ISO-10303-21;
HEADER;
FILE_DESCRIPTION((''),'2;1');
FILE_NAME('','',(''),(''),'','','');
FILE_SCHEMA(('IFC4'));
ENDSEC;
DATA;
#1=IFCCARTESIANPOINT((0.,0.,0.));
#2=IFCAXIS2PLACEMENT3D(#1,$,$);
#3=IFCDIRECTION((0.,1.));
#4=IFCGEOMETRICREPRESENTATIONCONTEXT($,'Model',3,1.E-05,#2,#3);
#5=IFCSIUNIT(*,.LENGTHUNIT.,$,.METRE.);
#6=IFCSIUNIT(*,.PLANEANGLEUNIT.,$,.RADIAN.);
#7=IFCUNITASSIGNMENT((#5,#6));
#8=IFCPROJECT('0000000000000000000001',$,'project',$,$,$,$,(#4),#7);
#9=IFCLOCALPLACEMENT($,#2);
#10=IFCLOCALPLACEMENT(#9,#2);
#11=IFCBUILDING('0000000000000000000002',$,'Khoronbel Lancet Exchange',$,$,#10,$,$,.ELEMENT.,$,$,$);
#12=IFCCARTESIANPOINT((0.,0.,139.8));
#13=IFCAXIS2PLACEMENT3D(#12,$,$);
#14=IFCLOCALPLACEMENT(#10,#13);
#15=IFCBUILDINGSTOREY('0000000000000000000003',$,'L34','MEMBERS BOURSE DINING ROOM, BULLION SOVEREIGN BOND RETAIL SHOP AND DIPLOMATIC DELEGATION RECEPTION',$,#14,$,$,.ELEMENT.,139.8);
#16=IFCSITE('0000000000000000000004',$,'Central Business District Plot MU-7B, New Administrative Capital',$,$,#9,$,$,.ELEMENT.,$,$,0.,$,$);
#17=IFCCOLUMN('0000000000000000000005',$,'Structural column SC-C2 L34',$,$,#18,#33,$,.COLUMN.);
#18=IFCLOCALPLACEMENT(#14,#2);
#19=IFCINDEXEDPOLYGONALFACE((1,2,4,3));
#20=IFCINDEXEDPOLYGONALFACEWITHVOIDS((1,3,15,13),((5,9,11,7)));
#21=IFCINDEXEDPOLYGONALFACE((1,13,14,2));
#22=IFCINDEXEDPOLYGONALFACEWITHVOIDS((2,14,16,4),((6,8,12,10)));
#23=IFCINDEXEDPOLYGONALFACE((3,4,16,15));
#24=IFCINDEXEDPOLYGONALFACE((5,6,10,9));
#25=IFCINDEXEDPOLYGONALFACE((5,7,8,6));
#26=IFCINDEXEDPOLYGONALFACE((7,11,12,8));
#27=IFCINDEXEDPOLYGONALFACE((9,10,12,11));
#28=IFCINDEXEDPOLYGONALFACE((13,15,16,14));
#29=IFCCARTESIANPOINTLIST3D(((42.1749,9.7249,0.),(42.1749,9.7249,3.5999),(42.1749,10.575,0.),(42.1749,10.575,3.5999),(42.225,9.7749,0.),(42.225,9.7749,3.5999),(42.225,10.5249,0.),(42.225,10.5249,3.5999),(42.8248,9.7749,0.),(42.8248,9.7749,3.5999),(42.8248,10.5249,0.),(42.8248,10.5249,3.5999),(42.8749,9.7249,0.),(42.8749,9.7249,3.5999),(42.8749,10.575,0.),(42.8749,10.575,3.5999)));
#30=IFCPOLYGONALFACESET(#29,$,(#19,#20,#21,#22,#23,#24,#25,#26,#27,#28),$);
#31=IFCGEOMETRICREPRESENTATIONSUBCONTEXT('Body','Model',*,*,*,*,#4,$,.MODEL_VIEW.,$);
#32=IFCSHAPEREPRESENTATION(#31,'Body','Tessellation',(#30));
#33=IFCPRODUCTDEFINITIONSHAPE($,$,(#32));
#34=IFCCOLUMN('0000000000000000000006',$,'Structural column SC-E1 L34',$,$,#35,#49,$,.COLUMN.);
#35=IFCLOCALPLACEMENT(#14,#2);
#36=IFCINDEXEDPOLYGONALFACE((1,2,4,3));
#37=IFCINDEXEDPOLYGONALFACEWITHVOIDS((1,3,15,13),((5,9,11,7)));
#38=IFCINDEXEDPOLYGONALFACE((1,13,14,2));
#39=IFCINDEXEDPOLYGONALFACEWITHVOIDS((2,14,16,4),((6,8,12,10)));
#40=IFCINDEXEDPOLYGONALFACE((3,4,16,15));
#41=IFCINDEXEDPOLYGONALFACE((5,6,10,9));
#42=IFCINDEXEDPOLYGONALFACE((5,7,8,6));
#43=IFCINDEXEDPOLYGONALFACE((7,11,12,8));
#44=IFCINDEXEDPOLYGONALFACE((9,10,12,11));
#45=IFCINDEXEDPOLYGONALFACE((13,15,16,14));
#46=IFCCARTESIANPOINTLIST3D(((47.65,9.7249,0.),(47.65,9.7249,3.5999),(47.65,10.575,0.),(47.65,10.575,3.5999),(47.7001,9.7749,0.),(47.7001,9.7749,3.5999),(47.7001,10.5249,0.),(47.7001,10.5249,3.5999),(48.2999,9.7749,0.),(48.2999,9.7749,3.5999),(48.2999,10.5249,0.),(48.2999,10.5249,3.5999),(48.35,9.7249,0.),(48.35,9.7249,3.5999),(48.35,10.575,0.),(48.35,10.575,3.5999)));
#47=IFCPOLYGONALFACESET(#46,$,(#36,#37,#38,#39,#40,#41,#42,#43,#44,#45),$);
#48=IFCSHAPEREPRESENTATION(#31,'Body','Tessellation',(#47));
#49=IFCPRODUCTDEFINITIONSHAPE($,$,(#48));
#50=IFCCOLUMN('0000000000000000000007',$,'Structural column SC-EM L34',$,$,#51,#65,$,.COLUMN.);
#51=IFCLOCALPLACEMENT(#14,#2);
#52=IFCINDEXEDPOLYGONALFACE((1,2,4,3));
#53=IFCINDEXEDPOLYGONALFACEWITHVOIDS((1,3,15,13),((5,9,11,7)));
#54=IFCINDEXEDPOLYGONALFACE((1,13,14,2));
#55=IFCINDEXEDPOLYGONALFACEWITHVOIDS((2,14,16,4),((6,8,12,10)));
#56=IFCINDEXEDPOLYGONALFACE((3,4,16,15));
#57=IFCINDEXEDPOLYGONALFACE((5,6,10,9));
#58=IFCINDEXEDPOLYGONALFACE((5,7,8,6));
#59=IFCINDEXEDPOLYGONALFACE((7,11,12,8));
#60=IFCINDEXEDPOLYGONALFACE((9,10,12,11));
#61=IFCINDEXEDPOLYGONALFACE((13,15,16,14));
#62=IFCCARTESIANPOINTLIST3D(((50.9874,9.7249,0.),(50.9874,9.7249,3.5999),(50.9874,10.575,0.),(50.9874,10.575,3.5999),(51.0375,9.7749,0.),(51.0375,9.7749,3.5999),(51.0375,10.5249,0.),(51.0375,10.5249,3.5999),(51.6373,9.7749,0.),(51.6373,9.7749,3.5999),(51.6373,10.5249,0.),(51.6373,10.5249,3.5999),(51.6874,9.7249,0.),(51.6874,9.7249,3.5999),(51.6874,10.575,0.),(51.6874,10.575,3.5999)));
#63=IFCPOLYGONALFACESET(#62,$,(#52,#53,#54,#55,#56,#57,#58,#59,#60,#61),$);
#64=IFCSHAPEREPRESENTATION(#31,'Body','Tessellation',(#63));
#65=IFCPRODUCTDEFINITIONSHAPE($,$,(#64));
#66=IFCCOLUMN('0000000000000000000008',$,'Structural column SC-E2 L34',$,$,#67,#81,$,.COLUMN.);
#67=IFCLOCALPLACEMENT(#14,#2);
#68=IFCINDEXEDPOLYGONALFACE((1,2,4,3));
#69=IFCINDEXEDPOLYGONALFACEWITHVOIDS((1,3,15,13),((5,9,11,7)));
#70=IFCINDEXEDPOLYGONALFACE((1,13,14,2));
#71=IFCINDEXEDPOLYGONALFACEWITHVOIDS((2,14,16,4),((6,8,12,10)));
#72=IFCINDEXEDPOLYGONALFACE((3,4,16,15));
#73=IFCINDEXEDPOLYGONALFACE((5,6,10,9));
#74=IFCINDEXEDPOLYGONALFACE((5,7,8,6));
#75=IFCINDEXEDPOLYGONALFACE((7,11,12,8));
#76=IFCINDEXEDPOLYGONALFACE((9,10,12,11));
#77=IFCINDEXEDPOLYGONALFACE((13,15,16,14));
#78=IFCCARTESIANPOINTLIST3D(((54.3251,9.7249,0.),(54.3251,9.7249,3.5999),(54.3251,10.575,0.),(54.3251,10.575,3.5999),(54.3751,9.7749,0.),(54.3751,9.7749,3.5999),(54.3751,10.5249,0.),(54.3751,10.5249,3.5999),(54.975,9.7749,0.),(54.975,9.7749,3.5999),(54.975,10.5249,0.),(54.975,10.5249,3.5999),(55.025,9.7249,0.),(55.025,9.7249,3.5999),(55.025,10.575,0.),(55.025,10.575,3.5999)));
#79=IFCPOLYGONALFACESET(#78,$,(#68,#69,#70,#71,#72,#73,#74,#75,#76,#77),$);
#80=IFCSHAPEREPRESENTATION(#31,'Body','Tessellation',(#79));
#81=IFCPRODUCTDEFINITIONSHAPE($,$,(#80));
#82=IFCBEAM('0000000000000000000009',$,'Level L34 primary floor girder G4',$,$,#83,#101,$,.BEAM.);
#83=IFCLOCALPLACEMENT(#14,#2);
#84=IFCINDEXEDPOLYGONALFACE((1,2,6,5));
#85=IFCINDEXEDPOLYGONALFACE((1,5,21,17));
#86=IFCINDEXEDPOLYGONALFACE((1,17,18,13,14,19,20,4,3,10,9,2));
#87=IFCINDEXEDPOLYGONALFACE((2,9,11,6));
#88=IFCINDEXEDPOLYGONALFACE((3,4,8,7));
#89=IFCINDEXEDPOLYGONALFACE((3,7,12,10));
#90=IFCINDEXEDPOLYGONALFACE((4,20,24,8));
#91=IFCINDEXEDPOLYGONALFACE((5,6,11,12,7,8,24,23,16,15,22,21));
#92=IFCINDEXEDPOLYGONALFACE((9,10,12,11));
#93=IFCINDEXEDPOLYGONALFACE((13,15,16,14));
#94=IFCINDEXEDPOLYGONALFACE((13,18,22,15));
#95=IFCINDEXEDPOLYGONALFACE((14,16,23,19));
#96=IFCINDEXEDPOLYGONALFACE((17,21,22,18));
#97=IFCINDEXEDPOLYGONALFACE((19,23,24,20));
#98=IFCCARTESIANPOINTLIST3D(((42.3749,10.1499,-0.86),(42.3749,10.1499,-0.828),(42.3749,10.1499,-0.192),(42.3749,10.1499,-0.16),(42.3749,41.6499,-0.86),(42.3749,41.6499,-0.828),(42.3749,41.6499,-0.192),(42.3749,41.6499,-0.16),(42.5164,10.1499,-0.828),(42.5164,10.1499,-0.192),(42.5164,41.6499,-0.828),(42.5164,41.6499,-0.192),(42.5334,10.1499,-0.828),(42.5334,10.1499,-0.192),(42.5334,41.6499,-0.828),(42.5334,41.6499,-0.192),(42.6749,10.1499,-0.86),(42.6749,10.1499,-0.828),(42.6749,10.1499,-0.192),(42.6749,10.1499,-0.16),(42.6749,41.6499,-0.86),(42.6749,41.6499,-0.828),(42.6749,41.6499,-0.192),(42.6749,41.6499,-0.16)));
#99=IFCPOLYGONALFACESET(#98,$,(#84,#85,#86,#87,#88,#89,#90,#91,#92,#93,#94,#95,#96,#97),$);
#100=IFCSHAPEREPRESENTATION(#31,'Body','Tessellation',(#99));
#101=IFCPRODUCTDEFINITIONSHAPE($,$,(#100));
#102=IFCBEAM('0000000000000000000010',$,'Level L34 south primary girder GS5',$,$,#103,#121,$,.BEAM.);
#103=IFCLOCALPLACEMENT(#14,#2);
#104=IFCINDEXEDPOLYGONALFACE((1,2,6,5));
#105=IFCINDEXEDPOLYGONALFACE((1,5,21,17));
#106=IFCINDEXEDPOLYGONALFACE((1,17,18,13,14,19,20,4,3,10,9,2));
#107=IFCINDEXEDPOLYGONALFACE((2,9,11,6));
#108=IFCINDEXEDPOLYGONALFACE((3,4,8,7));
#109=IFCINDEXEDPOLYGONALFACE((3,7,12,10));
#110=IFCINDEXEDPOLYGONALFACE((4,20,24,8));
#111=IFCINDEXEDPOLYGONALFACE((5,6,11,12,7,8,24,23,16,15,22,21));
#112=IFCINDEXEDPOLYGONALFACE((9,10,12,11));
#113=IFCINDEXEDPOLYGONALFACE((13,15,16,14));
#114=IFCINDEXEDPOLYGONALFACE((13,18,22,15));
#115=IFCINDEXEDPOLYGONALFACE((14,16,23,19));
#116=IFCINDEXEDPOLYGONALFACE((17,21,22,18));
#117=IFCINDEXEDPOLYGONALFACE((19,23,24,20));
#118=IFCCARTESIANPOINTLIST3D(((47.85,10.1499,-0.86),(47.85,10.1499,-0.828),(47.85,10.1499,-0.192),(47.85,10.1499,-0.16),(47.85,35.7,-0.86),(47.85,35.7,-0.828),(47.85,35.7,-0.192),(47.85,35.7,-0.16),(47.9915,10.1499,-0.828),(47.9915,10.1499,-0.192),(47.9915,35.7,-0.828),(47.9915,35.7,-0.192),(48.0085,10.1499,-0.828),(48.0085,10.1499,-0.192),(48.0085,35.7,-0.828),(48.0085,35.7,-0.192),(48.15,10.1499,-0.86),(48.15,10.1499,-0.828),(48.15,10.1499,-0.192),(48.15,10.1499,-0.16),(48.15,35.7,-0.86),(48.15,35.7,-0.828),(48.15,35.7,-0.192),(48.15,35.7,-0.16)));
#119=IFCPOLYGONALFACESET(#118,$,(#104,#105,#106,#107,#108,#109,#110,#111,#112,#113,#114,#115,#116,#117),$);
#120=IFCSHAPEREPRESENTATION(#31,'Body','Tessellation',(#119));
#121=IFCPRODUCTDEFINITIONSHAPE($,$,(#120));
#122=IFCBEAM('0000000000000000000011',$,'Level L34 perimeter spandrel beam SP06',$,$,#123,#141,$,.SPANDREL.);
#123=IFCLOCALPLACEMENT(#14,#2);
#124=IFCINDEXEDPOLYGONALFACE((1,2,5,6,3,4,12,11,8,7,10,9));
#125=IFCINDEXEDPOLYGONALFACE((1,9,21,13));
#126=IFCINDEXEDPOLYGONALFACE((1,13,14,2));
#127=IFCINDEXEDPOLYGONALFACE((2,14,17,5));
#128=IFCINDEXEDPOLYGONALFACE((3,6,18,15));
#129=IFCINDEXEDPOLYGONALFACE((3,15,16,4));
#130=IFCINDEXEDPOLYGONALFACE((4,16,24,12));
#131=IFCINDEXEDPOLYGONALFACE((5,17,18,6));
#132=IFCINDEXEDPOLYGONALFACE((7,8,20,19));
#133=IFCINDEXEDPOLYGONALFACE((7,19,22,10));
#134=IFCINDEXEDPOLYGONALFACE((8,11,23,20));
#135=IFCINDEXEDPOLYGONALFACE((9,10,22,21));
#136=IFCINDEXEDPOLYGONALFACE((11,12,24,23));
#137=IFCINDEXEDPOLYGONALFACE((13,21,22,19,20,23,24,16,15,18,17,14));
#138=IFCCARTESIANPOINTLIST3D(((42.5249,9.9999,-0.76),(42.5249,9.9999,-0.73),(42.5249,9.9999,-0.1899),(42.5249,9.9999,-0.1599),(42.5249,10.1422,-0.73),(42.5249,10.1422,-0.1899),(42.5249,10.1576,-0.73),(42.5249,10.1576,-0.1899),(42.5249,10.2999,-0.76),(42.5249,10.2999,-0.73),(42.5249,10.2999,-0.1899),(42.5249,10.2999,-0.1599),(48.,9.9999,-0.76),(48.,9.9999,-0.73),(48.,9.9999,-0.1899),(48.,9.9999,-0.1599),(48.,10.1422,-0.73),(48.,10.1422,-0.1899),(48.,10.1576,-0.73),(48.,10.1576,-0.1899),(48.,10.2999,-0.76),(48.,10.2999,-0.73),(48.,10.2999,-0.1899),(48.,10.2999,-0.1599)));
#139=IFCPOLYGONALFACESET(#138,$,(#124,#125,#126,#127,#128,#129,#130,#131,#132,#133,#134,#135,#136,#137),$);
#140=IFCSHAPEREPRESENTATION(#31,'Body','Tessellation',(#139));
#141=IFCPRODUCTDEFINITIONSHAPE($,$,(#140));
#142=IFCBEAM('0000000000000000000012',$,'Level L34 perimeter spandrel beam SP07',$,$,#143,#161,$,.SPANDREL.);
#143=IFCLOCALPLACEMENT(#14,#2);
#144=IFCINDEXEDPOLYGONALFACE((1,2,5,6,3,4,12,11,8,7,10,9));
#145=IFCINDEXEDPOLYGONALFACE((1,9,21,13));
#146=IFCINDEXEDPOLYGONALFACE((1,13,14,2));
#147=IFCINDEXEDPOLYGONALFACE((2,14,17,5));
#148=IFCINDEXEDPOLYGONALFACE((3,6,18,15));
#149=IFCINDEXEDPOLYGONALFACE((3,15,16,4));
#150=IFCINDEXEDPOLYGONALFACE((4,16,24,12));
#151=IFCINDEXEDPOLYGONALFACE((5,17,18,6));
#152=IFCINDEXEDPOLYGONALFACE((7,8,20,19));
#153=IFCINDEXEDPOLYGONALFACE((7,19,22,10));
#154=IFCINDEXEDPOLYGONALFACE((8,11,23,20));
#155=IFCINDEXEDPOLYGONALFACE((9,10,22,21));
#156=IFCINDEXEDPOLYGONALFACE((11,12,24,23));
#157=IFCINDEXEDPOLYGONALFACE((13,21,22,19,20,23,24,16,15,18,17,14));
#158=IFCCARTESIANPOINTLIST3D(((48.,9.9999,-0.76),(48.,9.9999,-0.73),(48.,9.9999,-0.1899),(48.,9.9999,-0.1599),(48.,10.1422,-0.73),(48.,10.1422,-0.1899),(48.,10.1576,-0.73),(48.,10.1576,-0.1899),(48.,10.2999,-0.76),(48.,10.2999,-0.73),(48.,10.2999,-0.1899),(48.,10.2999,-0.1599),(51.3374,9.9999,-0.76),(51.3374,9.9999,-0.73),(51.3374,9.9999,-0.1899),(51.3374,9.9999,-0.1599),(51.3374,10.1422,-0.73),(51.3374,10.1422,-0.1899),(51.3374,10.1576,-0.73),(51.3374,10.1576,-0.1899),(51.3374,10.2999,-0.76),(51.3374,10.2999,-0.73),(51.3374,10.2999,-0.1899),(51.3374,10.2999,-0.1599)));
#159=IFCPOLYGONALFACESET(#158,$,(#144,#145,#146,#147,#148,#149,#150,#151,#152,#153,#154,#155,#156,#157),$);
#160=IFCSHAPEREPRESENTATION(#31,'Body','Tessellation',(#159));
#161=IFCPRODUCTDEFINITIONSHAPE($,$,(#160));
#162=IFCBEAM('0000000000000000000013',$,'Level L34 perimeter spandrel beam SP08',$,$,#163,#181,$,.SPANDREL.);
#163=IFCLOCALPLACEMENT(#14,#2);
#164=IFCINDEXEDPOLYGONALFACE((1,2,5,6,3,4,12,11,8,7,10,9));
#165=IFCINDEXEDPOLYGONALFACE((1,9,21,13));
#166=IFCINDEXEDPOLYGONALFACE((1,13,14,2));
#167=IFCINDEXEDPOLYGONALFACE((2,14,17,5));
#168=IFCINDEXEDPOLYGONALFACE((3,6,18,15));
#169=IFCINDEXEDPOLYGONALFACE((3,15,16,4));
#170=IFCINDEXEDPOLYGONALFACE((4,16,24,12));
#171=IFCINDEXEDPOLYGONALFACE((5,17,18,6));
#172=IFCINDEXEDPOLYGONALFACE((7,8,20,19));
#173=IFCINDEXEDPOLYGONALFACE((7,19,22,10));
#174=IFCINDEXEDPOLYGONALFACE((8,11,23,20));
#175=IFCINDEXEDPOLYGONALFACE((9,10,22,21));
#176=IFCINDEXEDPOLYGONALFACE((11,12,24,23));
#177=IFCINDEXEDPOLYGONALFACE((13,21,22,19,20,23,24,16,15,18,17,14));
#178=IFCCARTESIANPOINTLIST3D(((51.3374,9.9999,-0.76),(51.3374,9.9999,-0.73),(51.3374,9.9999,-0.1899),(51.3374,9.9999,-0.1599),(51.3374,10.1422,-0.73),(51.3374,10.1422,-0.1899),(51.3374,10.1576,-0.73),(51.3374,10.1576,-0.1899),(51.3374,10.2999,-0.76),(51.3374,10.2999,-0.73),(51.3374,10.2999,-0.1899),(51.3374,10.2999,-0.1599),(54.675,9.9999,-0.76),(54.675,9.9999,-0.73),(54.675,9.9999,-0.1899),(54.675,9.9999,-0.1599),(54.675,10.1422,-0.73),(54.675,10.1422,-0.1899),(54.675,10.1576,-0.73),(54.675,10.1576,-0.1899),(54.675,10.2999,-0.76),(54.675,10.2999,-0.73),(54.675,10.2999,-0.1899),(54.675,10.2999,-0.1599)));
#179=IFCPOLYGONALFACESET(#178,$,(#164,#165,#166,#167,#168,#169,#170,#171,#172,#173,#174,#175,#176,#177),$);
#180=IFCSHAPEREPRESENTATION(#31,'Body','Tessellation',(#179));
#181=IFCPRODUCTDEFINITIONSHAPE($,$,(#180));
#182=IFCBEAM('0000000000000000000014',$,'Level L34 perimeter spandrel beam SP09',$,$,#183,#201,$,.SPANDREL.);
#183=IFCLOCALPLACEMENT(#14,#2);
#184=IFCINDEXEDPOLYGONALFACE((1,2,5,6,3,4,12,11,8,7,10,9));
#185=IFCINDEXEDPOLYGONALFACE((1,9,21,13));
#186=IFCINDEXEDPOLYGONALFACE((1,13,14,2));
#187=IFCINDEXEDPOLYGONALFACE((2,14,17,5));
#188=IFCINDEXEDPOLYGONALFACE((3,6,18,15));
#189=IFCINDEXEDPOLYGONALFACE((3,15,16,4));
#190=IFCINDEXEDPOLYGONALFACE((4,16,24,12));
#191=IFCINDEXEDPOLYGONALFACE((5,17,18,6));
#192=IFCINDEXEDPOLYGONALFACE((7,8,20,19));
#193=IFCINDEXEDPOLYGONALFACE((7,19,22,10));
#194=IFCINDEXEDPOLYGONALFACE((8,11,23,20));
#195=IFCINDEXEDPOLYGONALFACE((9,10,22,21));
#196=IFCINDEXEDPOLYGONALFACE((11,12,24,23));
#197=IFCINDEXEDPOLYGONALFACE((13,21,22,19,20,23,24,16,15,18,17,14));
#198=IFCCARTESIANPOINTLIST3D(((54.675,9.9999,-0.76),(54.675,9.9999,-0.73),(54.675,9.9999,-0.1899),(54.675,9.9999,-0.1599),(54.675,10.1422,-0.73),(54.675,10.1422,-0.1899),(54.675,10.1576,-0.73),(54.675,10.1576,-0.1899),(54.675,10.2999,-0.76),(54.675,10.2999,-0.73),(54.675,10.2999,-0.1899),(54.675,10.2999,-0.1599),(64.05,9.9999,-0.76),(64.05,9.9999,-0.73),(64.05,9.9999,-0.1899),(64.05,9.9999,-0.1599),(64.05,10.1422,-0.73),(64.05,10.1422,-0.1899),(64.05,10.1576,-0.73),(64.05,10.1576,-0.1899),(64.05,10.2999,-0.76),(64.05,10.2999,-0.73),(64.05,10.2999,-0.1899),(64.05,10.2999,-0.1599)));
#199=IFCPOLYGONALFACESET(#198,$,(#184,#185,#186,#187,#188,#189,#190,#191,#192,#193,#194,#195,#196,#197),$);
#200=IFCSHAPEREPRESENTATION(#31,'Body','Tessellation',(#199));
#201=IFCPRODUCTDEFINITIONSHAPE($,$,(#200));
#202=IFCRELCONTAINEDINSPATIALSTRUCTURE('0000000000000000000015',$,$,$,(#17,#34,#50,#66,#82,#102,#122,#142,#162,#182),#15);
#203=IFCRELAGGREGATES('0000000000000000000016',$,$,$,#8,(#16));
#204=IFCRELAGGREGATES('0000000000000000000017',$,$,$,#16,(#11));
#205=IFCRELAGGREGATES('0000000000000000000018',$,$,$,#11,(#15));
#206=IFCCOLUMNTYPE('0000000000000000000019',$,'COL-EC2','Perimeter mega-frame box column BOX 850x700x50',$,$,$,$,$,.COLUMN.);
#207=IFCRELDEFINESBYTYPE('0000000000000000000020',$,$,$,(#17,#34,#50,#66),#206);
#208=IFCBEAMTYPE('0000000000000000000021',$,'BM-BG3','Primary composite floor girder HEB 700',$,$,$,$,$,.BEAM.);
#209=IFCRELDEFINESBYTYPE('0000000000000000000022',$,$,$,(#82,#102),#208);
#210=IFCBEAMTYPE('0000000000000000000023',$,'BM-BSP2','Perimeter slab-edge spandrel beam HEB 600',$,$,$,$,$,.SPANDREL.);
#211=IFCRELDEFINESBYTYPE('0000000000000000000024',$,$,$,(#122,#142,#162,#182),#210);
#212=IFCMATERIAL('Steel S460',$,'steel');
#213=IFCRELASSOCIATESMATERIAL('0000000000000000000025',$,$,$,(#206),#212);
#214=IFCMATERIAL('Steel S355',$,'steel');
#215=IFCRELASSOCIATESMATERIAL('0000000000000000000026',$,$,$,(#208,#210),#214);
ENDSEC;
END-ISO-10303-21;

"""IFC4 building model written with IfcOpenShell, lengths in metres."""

from ifc_helpers import new_model, si_unit, direction, frame, origin, origin_2d, place, context, subcontext, project, spatial, hollow_rectangle, i_section, extrude, material, material_profile, profile_set, type_object, element, save


model = new_model("IFC4")

# Units and contexts
model_context = context("Model", 3, precision=1e-05, world=origin(), true_north=direction((0.0, 1.0)))
body_context = subcontext(model_context, "Body", "Model", "MODEL_VIEW")
ifc_project = project(units=[si_unit("LENGTHUNIT", "METRE"), si_unit("PLANEANGLEUNIT", "RADIAN")], contexts=[model_context])

# Site, building, storey
site_placement = place(None, origin())
site = spatial("IfcSite", under=ifc_project, at=site_placement, Name="Central Business District Plot MU-7B, New Administrative Capital", CompositionType="ELEMENT", RefElevation=0.0)
building_placement = place(site_placement, origin())
building = spatial("IfcBuilding", under=site, at=building_placement, Name="Khoronbel Lancet Exchange", CompositionType="ELEMENT")
storey_placement = place(building_placement, frame((0.0, 0.0, 139.8)))
storey = spatial("IfcBuildingStorey", under=building, at=storey_placement, Name="L34", Description="MEMBERS BOURSE DINING ROOM, BULLION SOVEREIGN BOND RETAIL SHOP AND DIPLOMATIC DELEGATION RECEPTION", CompositionType="ELEMENT", Elevation=139.8)

# Columns
ifc_material_1 = material(Name="Steel S460", Category="steel")
ifc_material_profile_1 = material_profile(ifc_material_1, hollow_rectangle(XDim=0.7, YDim=0.8501, WallThickness=0.05, at=origin_2d()), Name="BOX 850x700x50")
ifc_profile_set_1 = profile_set([ifc_material_profile_1], Name="Steel S460")
column_type = type_object("IfcColumnType", Name="COL-EC2", Description="Perimeter mega-frame box column BOX 850x700x50", PredefinedType="COLUMN", material=ifc_profile_set_1)
for number, where, z_axis, x_axis, name in (
    (1, (42.5249, 10.1499, 0.0), (0.0, 0.0, 1.0), (1.0, 0.0, 0.0), "Structural column SC-C2 L34"),
    (2, (48.0, 10.1499, 0.0), (0.0, 0.0, 1.0), (1.0, 0.0, 0.0), "Structural column SC-E1 L34"),
    (3, (51.3374, 10.1499, 0.0), (0.0, 0.0, 1.0), (1.0, 0.0, 0.0), "Structural column SC-EM L34"),
    (4, (54.675, 10.1499, 0.0), (0.0, 0.0, 1.0), (1.0, 0.0, 0.0), "Structural column SC-E2 L34"),
):
    element("IfcColumn", number, at=place(storey_placement, frame(where, z_axis=z_axis, x_axis=x_axis)), inside=storey, type_object=column_type, Name=name, PredefinedType="COLUMN", context=body_context, shape_type="SweptSolid", body=[
        extrude(hollow_rectangle(XDim=0.7, YDim=0.8501, WallThickness=0.05, at=origin_2d()), origin(), (0.0, 0.0, 1.0), 3.5999),
    ])

# Beams
ifc_material_2 = material(Name="Steel S355", Category="steel")
ifc_material_profile_2 = material_profile(ifc_material_2, i_section(OverallWidth=0.3, OverallDepth=0.7, WebThickness=0.0171, FlangeThickness=0.032, at=origin_2d()), Name="HEB 700")
ifc_profile_set_2 = profile_set([ifc_material_profile_2], Name="Steel S355")
beam_type_1 = type_object("IfcBeamType", Name="BM-BG3", Description="Primary composite floor girder HEB 700", PredefinedType="BEAM", material=ifc_profile_set_2)
beam_1_placement = place(storey_placement, frame((42.5249, 10.1499, -0.51), z_axis=(0.0, 1.0, 0.0), x_axis=(-1.0, 0.0, 0.0)))
element("IfcBeam", 5, at=beam_1_placement, inside=storey, type_object=beam_type_1, Name="Level L34 primary floor girder G4", PredefinedType="BEAM", context=body_context, shape_type="SweptSolid", body=[
    extrude(i_section(OverallWidth=0.3, OverallDepth=0.7, WebThickness=0.0171, FlangeThickness=0.032, at=origin_2d()), origin(), (0.0, 0.0, 1.0), 31.5),
])
beam_2_placement = place(storey_placement, frame((48.0, 10.1499, -0.51), z_axis=(0.0, 1.0, 0.0), x_axis=(-1.0, 0.0, 0.0)))
element("IfcBeam", 6, at=beam_2_placement, inside=storey, type_object=beam_type_1, Name="Level L34 south primary girder GS5", PredefinedType="BEAM", context=body_context, shape_type="SweptSolid", body=[
    extrude(i_section(OverallWidth=0.3, OverallDepth=0.7, WebThickness=0.0171, FlangeThickness=0.032, at=origin_2d()), origin(), (0.0, 0.0, 1.0), 25.55),
])
ifc_material_profile_3 = material_profile(ifc_material_2, i_section(OverallWidth=0.3, OverallDepth=0.6001, WebThickness=0.0154, FlangeThickness=0.03, at=origin_2d()), Name="HEB 600")
ifc_profile_set_3 = profile_set([ifc_material_profile_3], Name="Steel S355")
beam_type_2 = type_object("IfcBeamType", Name="BM-BSP2", Description="Perimeter slab-edge spandrel beam HEB 600", PredefinedType="SPANDREL", material=ifc_profile_set_3)
beam_3_placement = place(storey_placement, frame((42.5249, 10.1499, -0.46), z_axis=(1.0, 0.0, 0.0), x_axis=(0.0, 1.0, 0.0)))
element("IfcBeam", 7, at=beam_3_placement, inside=storey, type_object=beam_type_2, Name="Level L34 perimeter spandrel beam SP06", PredefinedType="SPANDREL", context=body_context, shape_type="SweptSolid", body=[
    extrude(i_section(OverallWidth=0.3, OverallDepth=0.6001, WebThickness=0.0154, FlangeThickness=0.03, at=origin_2d()), origin(), (0.0, 0.0, 1.0), 5.4751),
])
beam_4_placement = place(storey_placement, frame((48.0, 10.1499, -0.46), z_axis=(1.0, 0.0, 0.0), x_axis=(0.0, 1.0, 0.0)))
element("IfcBeam", 8, at=beam_4_placement, inside=storey, type_object=beam_type_2, Name="Level L34 perimeter spandrel beam SP07", PredefinedType="SPANDREL", context=body_context, shape_type="SweptSolid", body=[
    extrude(i_section(OverallWidth=0.3, OverallDepth=0.6001, WebThickness=0.0154, FlangeThickness=0.03, at=origin_2d()), origin(), (0.0, 0.0, 1.0), 3.3374),
])
beam_5_placement = place(storey_placement, frame((51.3374, 10.1499, -0.46), z_axis=(1.0, 0.0, 0.0), x_axis=(0.0, 1.0, 0.0)))
element("IfcBeam", 9, at=beam_5_placement, inside=storey, type_object=beam_type_2, Name="Level L34 perimeter spandrel beam SP08", PredefinedType="SPANDREL", context=body_context, shape_type="SweptSolid", body=[
    extrude(i_section(OverallWidth=0.3, OverallDepth=0.6001, WebThickness=0.0154, FlangeThickness=0.03, at=origin_2d()), origin(), (0.0, 0.0, 1.0), 3.3376),
])
beam_6_placement = place(storey_placement, frame((54.675, 10.1499, -0.46), z_axis=(1.0, 0.0, 0.0), x_axis=(0.0, 1.0, 0.0)))
element("IfcBeam", 10, at=beam_6_placement, inside=storey, type_object=beam_type_2, Name="Level L34 perimeter spandrel beam SP09", PredefinedType="SPANDREL", context=body_context, shape_type="SweptSolid", body=[
    extrude(i_section(OverallWidth=0.3, OverallDepth=0.6001, WebThickness=0.0154, FlangeThickness=0.03, at=origin_2d()), origin(), (0.0, 0.0, 1.0), 9.375),
])

save(model, "model.ifc")
